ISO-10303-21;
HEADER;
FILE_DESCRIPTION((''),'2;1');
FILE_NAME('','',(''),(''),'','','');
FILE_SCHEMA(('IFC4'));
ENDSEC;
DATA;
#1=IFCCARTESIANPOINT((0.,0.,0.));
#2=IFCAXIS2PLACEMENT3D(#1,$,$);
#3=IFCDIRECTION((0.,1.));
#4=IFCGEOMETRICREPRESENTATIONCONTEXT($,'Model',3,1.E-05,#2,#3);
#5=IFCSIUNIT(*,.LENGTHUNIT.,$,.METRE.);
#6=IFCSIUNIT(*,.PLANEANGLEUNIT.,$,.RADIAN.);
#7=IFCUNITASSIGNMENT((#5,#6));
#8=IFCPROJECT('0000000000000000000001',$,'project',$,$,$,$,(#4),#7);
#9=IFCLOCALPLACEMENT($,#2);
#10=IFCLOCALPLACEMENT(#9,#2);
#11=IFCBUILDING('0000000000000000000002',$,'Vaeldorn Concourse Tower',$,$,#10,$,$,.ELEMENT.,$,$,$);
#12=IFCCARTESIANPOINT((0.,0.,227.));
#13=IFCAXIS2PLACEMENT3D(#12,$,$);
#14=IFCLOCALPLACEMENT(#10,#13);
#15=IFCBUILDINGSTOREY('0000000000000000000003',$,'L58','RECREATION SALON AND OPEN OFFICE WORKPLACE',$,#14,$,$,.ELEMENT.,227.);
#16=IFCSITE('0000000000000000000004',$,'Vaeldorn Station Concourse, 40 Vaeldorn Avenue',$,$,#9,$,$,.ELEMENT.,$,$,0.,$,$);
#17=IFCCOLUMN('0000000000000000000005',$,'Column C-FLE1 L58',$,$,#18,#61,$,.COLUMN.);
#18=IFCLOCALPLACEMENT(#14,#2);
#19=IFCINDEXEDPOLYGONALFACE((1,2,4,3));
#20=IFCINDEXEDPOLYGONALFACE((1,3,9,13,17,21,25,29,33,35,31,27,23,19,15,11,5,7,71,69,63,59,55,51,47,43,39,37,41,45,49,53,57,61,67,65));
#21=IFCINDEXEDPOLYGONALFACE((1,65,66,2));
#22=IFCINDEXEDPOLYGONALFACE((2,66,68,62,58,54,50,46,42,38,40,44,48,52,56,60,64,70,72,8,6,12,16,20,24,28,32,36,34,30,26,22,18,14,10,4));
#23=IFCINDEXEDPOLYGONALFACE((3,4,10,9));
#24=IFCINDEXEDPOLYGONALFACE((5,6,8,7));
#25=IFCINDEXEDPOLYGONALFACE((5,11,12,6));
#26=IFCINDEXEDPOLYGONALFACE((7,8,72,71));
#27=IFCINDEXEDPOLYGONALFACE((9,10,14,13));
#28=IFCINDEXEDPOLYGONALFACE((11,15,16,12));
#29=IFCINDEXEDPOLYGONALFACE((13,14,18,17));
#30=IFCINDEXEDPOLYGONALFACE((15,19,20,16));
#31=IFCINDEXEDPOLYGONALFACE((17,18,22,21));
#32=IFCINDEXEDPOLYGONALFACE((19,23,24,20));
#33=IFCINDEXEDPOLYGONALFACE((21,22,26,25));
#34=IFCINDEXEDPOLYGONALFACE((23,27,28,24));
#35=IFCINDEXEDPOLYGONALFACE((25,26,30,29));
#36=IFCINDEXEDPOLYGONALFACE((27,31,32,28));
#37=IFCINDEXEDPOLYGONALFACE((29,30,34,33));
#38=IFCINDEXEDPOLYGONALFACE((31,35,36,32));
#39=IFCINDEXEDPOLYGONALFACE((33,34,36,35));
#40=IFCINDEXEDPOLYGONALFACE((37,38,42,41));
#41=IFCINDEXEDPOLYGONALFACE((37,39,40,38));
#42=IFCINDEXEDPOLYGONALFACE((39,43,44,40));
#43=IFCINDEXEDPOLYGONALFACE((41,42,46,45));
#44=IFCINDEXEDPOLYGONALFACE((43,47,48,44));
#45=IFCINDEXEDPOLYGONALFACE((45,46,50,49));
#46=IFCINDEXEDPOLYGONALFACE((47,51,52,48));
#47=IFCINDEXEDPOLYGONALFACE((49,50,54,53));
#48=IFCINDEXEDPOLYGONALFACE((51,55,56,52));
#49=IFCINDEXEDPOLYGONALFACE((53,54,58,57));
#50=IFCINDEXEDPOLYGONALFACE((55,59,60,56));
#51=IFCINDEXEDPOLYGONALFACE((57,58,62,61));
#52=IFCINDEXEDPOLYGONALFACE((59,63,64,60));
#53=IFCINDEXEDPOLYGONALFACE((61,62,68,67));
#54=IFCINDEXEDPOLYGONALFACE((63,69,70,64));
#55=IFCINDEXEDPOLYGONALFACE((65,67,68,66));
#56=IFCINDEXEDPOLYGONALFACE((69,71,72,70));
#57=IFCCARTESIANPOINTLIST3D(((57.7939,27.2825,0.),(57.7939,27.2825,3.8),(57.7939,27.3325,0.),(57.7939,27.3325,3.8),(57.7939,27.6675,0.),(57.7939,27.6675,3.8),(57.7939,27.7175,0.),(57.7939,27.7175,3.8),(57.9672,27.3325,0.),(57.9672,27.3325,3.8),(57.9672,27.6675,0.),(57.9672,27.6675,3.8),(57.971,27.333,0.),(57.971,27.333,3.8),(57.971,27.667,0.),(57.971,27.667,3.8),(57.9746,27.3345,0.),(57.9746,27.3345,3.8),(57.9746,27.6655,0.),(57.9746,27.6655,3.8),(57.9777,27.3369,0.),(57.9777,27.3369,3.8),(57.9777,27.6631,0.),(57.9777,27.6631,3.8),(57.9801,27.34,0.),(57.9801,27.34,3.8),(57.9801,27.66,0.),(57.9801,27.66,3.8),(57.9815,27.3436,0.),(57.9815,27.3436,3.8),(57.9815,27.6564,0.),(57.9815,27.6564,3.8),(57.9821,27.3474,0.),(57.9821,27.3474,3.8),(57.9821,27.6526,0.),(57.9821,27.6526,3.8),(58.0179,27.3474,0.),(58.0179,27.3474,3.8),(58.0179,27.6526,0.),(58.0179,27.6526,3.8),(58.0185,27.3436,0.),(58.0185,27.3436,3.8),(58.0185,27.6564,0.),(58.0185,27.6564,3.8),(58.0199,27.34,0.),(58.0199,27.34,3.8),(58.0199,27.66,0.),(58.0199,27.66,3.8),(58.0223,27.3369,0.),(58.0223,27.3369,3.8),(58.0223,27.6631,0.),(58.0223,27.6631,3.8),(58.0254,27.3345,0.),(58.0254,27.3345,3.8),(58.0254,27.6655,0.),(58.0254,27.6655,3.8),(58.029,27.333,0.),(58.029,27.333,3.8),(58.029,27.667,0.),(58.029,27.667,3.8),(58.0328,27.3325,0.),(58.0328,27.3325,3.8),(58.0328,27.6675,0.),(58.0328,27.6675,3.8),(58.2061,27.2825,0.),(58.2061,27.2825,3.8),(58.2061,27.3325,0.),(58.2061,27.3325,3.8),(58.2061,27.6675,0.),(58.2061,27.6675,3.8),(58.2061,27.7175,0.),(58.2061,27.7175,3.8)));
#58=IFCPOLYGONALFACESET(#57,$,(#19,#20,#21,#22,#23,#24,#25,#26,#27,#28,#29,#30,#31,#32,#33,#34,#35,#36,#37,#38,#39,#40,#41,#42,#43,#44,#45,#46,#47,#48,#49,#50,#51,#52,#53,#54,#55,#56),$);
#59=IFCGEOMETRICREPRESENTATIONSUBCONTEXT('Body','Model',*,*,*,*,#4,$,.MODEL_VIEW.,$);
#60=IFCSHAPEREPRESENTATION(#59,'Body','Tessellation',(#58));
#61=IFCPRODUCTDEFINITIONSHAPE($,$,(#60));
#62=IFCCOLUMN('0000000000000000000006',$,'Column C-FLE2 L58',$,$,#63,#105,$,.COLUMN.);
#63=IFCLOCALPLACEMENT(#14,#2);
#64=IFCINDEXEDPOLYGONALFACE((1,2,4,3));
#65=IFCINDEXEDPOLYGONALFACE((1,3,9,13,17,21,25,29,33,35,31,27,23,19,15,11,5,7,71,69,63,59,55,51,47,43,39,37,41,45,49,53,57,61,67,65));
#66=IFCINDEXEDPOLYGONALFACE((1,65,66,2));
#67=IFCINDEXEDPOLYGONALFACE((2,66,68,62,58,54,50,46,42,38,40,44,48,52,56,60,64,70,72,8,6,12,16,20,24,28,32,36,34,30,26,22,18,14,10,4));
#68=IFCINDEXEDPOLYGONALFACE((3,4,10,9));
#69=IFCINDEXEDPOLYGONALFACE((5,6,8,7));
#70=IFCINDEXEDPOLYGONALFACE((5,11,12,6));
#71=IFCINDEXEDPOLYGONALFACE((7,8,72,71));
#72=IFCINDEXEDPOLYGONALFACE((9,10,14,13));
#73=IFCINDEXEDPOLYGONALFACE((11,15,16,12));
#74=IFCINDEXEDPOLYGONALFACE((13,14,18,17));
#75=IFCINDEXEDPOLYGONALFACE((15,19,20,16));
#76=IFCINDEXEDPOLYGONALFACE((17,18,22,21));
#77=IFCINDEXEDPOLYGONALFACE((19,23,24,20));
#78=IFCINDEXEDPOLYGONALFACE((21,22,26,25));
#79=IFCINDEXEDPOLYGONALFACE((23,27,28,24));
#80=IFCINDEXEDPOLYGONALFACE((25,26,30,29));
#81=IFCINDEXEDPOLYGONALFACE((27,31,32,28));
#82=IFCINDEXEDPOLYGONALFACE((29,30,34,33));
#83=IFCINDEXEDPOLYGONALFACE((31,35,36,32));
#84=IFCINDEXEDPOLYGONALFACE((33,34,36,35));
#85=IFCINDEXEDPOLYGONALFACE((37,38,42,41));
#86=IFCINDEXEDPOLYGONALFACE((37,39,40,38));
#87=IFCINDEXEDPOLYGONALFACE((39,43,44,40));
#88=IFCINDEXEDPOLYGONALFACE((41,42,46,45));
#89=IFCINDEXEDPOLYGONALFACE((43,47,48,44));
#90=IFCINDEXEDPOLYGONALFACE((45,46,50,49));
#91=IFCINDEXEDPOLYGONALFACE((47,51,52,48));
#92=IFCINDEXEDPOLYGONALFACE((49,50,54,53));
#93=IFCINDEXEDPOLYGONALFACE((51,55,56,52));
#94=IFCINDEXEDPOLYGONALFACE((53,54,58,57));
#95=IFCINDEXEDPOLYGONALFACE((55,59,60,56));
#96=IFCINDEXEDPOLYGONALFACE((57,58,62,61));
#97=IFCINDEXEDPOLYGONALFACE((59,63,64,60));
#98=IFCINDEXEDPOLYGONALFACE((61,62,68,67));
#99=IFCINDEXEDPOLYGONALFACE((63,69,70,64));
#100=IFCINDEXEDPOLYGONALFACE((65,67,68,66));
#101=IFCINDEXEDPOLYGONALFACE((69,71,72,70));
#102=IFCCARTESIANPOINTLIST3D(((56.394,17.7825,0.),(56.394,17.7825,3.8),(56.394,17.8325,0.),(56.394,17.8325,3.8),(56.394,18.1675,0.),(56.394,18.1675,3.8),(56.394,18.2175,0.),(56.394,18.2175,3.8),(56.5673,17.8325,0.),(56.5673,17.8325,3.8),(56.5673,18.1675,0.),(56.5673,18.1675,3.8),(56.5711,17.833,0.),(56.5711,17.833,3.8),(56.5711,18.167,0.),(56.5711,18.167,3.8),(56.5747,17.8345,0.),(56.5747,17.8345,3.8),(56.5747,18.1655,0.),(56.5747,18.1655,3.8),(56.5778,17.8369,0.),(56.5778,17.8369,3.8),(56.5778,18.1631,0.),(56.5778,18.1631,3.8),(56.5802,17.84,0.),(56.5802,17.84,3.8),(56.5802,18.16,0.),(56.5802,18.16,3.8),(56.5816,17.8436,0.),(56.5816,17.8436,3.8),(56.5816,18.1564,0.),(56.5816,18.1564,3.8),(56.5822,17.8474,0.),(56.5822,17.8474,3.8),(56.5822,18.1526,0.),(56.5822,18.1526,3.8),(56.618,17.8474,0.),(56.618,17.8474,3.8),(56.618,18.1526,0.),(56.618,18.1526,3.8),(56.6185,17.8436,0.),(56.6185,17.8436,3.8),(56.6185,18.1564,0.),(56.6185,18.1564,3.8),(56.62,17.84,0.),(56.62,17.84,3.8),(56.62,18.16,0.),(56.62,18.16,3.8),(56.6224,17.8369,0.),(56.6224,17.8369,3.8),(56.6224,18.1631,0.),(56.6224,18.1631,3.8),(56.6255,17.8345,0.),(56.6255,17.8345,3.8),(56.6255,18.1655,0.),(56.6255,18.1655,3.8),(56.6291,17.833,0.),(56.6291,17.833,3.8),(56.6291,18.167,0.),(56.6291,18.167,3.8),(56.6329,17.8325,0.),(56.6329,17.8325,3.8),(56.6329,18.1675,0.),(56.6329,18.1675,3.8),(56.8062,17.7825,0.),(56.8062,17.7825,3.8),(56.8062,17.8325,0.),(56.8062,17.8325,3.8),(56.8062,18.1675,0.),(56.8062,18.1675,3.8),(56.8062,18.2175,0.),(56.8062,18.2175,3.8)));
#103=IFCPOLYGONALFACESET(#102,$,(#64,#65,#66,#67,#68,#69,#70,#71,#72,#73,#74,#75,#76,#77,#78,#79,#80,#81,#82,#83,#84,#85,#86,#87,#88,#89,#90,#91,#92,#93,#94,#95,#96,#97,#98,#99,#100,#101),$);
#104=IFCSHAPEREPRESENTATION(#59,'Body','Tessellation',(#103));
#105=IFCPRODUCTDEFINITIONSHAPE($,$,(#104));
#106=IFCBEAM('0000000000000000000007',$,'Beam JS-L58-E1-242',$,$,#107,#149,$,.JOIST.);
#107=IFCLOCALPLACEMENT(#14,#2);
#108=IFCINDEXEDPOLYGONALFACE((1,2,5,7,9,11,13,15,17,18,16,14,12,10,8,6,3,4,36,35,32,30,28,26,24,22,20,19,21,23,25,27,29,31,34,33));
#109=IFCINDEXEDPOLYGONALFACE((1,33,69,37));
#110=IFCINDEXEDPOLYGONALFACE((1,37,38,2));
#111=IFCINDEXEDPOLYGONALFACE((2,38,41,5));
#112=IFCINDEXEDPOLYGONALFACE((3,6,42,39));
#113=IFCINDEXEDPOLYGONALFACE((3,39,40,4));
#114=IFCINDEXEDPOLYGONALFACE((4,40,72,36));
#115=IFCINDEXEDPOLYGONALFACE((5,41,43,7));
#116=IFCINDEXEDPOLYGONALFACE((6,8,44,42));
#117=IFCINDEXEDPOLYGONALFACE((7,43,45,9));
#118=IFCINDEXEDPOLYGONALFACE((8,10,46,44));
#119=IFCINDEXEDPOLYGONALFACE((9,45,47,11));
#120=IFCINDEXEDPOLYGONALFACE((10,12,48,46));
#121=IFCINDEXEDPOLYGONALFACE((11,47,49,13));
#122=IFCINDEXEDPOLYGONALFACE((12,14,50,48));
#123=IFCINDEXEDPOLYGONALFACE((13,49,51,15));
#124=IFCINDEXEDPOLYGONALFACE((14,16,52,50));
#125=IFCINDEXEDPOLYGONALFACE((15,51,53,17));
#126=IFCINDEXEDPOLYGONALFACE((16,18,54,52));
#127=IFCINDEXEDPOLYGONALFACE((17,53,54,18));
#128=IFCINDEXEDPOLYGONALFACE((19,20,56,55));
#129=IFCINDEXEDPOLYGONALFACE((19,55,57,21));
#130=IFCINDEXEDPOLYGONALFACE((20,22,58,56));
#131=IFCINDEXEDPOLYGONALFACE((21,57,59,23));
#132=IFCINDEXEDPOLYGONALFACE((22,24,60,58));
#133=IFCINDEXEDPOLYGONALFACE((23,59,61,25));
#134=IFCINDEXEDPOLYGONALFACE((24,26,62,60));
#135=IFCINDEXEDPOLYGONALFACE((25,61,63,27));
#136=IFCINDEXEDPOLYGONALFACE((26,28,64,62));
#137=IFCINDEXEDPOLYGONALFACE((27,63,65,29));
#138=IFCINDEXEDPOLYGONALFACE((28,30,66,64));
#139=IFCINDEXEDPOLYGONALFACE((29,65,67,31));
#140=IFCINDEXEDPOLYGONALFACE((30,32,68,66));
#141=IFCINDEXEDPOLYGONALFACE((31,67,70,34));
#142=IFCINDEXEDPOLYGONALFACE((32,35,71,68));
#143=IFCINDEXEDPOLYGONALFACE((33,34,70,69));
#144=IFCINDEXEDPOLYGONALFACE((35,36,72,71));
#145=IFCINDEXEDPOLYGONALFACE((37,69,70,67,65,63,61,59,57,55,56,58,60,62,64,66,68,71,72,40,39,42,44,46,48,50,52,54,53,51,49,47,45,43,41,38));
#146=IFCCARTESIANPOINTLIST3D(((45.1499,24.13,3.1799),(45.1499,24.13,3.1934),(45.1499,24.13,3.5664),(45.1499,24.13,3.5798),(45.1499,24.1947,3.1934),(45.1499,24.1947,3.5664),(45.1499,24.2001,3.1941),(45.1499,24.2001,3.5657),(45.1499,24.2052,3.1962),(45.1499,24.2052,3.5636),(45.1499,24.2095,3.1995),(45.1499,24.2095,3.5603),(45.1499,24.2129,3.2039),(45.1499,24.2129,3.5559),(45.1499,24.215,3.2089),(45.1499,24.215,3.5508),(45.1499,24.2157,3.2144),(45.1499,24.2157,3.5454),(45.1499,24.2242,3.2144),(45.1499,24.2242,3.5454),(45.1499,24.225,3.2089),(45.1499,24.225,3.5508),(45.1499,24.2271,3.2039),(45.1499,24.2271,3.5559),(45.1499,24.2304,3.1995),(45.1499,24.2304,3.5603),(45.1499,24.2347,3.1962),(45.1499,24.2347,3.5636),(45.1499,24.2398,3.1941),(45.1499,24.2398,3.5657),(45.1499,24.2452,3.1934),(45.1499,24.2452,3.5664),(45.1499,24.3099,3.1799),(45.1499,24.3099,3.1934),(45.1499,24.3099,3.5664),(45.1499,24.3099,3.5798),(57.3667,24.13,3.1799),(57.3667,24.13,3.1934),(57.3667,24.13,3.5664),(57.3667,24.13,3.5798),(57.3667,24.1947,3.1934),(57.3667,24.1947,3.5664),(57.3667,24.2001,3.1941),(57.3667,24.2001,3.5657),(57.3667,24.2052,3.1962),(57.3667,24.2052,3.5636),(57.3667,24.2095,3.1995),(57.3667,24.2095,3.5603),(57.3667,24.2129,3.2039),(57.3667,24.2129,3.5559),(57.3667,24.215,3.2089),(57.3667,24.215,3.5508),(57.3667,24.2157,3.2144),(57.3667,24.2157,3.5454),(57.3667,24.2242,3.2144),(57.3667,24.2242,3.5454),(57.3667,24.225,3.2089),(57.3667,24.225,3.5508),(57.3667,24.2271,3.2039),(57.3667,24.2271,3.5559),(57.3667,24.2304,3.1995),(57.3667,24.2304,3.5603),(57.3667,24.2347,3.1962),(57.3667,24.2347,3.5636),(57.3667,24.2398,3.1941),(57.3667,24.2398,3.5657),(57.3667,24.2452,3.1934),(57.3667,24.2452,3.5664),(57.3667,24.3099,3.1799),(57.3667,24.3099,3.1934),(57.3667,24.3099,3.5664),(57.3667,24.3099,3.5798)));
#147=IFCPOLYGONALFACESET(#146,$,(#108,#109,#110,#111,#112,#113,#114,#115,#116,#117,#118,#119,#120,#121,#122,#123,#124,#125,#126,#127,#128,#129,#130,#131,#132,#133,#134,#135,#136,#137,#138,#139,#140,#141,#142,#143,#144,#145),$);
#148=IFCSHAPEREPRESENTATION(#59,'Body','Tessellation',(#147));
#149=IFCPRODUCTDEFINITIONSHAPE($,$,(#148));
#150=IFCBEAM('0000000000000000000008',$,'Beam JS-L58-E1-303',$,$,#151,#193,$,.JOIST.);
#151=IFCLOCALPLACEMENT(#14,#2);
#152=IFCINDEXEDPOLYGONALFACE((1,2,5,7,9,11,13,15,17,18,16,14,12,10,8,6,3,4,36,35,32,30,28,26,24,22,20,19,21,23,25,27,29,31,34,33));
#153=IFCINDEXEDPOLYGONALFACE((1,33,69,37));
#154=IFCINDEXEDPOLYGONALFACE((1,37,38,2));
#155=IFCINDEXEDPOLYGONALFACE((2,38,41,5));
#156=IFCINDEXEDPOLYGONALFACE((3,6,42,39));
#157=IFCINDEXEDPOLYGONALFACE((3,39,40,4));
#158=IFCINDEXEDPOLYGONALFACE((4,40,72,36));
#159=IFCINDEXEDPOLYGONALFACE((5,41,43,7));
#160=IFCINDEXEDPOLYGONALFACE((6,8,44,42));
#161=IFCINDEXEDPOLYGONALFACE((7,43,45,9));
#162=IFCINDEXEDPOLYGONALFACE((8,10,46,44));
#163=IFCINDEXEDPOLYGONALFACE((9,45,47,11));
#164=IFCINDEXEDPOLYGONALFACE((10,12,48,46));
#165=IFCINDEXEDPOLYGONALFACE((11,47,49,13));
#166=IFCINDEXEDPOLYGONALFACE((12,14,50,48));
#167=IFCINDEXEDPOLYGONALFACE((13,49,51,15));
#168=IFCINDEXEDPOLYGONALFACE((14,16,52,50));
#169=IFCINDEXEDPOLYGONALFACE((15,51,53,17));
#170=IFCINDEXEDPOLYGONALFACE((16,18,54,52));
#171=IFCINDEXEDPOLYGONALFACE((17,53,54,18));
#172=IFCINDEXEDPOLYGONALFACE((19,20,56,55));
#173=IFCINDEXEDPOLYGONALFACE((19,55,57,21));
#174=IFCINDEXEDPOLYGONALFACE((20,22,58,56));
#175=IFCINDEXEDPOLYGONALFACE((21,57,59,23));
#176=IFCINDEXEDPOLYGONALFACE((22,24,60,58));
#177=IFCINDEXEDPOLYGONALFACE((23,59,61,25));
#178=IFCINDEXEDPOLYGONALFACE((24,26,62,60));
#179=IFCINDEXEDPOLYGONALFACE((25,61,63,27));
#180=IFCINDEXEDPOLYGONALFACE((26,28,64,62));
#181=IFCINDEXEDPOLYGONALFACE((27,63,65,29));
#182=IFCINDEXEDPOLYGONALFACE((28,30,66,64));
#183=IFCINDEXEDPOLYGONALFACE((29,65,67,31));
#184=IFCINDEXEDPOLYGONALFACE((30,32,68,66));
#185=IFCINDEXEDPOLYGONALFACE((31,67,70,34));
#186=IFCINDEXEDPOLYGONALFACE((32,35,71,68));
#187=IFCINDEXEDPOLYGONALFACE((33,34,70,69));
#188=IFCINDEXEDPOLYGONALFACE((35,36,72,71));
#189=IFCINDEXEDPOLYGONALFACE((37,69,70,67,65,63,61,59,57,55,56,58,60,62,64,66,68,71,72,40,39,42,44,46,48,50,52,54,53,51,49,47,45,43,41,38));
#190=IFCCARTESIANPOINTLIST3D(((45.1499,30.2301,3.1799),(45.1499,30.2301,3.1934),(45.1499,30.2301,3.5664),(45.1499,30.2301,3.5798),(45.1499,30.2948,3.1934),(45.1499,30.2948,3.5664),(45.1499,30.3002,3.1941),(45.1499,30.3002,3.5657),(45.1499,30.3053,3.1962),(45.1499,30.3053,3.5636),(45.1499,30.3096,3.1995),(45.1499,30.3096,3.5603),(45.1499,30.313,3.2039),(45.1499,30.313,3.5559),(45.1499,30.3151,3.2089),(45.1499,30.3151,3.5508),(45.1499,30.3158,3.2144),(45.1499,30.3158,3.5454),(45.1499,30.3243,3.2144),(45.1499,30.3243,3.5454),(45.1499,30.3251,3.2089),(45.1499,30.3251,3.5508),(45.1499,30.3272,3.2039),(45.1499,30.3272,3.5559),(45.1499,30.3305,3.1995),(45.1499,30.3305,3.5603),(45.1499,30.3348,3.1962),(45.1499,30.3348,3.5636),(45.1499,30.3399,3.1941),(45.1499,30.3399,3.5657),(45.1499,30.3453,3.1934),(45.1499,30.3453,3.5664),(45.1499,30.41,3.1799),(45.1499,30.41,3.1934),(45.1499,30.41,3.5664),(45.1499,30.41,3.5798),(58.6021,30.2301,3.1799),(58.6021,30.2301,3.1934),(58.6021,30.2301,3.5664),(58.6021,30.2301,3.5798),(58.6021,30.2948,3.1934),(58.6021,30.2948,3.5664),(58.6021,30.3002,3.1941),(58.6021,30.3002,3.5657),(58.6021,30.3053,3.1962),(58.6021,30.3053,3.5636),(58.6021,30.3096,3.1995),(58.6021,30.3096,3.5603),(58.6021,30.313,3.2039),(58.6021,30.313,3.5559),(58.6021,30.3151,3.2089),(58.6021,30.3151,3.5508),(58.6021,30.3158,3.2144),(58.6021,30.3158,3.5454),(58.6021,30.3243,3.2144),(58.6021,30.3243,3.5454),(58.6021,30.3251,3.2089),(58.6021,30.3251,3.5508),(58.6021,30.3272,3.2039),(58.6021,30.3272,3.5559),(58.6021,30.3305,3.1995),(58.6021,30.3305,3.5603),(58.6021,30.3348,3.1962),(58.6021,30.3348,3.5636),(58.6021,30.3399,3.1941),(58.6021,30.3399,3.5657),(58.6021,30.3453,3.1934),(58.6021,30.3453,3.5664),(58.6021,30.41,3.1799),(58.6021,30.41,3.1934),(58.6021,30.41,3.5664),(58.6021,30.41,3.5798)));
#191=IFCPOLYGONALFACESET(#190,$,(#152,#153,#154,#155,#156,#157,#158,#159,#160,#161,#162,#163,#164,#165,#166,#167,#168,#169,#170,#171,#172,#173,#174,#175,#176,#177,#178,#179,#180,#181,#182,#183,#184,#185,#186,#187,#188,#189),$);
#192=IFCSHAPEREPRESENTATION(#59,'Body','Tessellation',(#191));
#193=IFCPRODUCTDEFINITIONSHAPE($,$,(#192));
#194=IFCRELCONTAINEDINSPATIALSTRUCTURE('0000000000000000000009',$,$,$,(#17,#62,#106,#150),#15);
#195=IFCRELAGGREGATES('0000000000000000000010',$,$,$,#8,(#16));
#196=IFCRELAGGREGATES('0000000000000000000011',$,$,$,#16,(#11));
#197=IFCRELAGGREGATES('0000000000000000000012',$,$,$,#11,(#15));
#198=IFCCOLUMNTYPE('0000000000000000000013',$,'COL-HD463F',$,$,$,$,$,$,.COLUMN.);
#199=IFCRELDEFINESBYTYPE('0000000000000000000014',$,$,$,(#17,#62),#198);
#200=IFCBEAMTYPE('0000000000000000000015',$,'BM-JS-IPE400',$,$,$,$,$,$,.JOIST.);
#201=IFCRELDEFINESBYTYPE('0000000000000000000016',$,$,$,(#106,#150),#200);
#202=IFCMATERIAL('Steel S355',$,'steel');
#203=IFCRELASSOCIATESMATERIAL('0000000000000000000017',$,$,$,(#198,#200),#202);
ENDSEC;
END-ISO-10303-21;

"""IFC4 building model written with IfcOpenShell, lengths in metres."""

from ifc_helpers import new_model, si_unit, direction, frame, origin, origin_2d, place, context, subcontext, project, spatial, i_section, extrude, source, transform, mapped, material, material_profile, profile_set, type_object, element, save


model = new_model("IFC4")

# Units and contexts
model_context = context("Model", 3, precision=1e-05, world=origin(), true_north=direction((0.0, 1.0)))
body_context = subcontext(model_context, "Body", "Model", "MODEL_VIEW")
ifc_project = project(units=[si_unit("LENGTHUNIT", "METRE"), si_unit("PLANEANGLEUNIT", "RADIAN")], contexts=[model_context])

# Site, building, storey
site_placement = place(None, origin())
site = spatial("IfcSite", under=ifc_project, at=site_placement, Name="Vaeldorn Station Concourse, 40 Vaeldorn Avenue", CompositionType="ELEMENT", RefElevation=0.0)
building_placement = place(site_placement, origin())
building = spatial("IfcBuilding", under=site, at=building_placement, Name="Vaeldorn Concourse Tower", CompositionType="ELEMENT")
storey_placement = place(building_placement, frame((0.0, 0.0, 227.0)))
storey = spatial("IfcBuildingStorey", under=building, at=storey_placement, Name="L58", Description="RECREATION SALON AND OPEN OFFICE WORKPLACE", CompositionType="ELEMENT", Elevation=227.0)

# Columns
ifc_material_1 = material(Name="Steel S355", Category="steel")
ifc_material_profile_1 = material_profile(ifc_material_1, i_section(OverallWidth=0.4121, OverallDepth=0.4351, WebThickness=0.0359, FlangeThickness=0.05, FilletRadius=0.0149, at=origin_2d()), Name="HD 400x463")
ifc_profile_set_1 = profile_set([ifc_material_profile_1], Name="Steel S355")
column_type = type_object("IfcColumnType", Name="COL-HD463F", PredefinedType="COLUMN", material=ifc_profile_set_1)
shared_shape_1 = source(origin(), body_context, "Body", "SweptSolid", [
    extrude(i_section(OverallWidth=0.4121, OverallDepth=0.4351, WebThickness=0.0359, FlangeThickness=0.05, FilletRadius=0.0149, at=origin_2d()), origin(), (0.0, 0.0, 1.0), 3.8),
])
for number, where, z_axis, x_axis, name in (
    (1, (58.0, 27.5, 0.0), (0.0, 0.0, 1.0), (1.0, 0.0, 0.0), "Column C-FLE1 L58"),
    (2, (56.6001, 18.0, 0.0), (0.0, 0.0, 1.0), (1.0, 0.0, 0.0), "Column C-FLE2 L58"),
):
    element("IfcColumn", number, at=place(storey_placement, frame(where, z_axis=z_axis, x_axis=x_axis)), inside=storey, type_object=column_type, Name=name, PredefinedType="COLUMN", context=body_context, shape_type="MappedRepresentation", body=[
        mapped(shared_shape_1, transform((0.0, 0.0, 0.0), scale=1.0)),
    ])

# Beams
ifc_material_profile_2 = material_profile(ifc_material_1, i_section(OverallWidth=0.1799, OverallDepth=0.3999, WebThickness=0.0085, FlangeThickness=0.0134, FilletRadius=0.021, at=origin_2d()), Name="IPE 400")
ifc_profile_set_2 = profile_set([ifc_material_profile_2], Name="Steel S355")
beam_type_1 = type_object("IfcBeamType", Name="BM-JS-IPE400", PredefinedType="JOIST", material=ifc_profile_set_2)
shared_shape_2 = source(origin(), body_context, "Body", "SweptSolid", [
    extrude(i_section(OverallWidth=0.1799, OverallDepth=0.3999, WebThickness=0.0085, FlangeThickness=0.0134, FilletRadius=0.021, at=origin_2d()), origin(), (0.0, 0.0, 1.0), 12.2168),
])
beam_1_placement = place(storey_placement, frame((45.1499, 24.22, 3.3799), z_axis=(1.0, 0.0, 0.0), x_axis=(0.0, 1.0, 0.0)))
element("IfcBeam", 3, at=beam_1_placement, inside=storey, type_object=beam_type_1, Name="Beam JS-L58-E1-242", PredefinedType="JOIST", context=body_context, shape_type="MappedRepresentation", body=[
    mapped(shared_shape_2, transform((0.0, 0.0, 0.0), scale=1.0)),
])
shared_shape_3 = source(origin(), body_context, "Body", "SweptSolid", [
    extrude(i_section(OverallWidth=0.1799, OverallDepth=0.3999, WebThickness=0.0085, FlangeThickness=0.0134, FilletRadius=0.021, at=origin_2d()), origin(), (0.0, 0.0, 1.0), 13.4521),
])
beam_2_placement = place(storey_placement, frame((45.1499, 30.3201, 3.3799), z_axis=(1.0, 0.0, 0.0), x_axis=(0.0, 1.0, 0.0)))
element("IfcBeam", 4, at=beam_2_placement, inside=storey, type_object=beam_type_1, Name="Beam JS-L58-E1-303", PredefinedType="JOIST", context=body_context, shape_type="MappedRepresentation", body=[
    mapped(shared_shape_3, transform((0.0, 0.0, 0.0), scale=1.0)),
])

save(model, "model.ifc")
